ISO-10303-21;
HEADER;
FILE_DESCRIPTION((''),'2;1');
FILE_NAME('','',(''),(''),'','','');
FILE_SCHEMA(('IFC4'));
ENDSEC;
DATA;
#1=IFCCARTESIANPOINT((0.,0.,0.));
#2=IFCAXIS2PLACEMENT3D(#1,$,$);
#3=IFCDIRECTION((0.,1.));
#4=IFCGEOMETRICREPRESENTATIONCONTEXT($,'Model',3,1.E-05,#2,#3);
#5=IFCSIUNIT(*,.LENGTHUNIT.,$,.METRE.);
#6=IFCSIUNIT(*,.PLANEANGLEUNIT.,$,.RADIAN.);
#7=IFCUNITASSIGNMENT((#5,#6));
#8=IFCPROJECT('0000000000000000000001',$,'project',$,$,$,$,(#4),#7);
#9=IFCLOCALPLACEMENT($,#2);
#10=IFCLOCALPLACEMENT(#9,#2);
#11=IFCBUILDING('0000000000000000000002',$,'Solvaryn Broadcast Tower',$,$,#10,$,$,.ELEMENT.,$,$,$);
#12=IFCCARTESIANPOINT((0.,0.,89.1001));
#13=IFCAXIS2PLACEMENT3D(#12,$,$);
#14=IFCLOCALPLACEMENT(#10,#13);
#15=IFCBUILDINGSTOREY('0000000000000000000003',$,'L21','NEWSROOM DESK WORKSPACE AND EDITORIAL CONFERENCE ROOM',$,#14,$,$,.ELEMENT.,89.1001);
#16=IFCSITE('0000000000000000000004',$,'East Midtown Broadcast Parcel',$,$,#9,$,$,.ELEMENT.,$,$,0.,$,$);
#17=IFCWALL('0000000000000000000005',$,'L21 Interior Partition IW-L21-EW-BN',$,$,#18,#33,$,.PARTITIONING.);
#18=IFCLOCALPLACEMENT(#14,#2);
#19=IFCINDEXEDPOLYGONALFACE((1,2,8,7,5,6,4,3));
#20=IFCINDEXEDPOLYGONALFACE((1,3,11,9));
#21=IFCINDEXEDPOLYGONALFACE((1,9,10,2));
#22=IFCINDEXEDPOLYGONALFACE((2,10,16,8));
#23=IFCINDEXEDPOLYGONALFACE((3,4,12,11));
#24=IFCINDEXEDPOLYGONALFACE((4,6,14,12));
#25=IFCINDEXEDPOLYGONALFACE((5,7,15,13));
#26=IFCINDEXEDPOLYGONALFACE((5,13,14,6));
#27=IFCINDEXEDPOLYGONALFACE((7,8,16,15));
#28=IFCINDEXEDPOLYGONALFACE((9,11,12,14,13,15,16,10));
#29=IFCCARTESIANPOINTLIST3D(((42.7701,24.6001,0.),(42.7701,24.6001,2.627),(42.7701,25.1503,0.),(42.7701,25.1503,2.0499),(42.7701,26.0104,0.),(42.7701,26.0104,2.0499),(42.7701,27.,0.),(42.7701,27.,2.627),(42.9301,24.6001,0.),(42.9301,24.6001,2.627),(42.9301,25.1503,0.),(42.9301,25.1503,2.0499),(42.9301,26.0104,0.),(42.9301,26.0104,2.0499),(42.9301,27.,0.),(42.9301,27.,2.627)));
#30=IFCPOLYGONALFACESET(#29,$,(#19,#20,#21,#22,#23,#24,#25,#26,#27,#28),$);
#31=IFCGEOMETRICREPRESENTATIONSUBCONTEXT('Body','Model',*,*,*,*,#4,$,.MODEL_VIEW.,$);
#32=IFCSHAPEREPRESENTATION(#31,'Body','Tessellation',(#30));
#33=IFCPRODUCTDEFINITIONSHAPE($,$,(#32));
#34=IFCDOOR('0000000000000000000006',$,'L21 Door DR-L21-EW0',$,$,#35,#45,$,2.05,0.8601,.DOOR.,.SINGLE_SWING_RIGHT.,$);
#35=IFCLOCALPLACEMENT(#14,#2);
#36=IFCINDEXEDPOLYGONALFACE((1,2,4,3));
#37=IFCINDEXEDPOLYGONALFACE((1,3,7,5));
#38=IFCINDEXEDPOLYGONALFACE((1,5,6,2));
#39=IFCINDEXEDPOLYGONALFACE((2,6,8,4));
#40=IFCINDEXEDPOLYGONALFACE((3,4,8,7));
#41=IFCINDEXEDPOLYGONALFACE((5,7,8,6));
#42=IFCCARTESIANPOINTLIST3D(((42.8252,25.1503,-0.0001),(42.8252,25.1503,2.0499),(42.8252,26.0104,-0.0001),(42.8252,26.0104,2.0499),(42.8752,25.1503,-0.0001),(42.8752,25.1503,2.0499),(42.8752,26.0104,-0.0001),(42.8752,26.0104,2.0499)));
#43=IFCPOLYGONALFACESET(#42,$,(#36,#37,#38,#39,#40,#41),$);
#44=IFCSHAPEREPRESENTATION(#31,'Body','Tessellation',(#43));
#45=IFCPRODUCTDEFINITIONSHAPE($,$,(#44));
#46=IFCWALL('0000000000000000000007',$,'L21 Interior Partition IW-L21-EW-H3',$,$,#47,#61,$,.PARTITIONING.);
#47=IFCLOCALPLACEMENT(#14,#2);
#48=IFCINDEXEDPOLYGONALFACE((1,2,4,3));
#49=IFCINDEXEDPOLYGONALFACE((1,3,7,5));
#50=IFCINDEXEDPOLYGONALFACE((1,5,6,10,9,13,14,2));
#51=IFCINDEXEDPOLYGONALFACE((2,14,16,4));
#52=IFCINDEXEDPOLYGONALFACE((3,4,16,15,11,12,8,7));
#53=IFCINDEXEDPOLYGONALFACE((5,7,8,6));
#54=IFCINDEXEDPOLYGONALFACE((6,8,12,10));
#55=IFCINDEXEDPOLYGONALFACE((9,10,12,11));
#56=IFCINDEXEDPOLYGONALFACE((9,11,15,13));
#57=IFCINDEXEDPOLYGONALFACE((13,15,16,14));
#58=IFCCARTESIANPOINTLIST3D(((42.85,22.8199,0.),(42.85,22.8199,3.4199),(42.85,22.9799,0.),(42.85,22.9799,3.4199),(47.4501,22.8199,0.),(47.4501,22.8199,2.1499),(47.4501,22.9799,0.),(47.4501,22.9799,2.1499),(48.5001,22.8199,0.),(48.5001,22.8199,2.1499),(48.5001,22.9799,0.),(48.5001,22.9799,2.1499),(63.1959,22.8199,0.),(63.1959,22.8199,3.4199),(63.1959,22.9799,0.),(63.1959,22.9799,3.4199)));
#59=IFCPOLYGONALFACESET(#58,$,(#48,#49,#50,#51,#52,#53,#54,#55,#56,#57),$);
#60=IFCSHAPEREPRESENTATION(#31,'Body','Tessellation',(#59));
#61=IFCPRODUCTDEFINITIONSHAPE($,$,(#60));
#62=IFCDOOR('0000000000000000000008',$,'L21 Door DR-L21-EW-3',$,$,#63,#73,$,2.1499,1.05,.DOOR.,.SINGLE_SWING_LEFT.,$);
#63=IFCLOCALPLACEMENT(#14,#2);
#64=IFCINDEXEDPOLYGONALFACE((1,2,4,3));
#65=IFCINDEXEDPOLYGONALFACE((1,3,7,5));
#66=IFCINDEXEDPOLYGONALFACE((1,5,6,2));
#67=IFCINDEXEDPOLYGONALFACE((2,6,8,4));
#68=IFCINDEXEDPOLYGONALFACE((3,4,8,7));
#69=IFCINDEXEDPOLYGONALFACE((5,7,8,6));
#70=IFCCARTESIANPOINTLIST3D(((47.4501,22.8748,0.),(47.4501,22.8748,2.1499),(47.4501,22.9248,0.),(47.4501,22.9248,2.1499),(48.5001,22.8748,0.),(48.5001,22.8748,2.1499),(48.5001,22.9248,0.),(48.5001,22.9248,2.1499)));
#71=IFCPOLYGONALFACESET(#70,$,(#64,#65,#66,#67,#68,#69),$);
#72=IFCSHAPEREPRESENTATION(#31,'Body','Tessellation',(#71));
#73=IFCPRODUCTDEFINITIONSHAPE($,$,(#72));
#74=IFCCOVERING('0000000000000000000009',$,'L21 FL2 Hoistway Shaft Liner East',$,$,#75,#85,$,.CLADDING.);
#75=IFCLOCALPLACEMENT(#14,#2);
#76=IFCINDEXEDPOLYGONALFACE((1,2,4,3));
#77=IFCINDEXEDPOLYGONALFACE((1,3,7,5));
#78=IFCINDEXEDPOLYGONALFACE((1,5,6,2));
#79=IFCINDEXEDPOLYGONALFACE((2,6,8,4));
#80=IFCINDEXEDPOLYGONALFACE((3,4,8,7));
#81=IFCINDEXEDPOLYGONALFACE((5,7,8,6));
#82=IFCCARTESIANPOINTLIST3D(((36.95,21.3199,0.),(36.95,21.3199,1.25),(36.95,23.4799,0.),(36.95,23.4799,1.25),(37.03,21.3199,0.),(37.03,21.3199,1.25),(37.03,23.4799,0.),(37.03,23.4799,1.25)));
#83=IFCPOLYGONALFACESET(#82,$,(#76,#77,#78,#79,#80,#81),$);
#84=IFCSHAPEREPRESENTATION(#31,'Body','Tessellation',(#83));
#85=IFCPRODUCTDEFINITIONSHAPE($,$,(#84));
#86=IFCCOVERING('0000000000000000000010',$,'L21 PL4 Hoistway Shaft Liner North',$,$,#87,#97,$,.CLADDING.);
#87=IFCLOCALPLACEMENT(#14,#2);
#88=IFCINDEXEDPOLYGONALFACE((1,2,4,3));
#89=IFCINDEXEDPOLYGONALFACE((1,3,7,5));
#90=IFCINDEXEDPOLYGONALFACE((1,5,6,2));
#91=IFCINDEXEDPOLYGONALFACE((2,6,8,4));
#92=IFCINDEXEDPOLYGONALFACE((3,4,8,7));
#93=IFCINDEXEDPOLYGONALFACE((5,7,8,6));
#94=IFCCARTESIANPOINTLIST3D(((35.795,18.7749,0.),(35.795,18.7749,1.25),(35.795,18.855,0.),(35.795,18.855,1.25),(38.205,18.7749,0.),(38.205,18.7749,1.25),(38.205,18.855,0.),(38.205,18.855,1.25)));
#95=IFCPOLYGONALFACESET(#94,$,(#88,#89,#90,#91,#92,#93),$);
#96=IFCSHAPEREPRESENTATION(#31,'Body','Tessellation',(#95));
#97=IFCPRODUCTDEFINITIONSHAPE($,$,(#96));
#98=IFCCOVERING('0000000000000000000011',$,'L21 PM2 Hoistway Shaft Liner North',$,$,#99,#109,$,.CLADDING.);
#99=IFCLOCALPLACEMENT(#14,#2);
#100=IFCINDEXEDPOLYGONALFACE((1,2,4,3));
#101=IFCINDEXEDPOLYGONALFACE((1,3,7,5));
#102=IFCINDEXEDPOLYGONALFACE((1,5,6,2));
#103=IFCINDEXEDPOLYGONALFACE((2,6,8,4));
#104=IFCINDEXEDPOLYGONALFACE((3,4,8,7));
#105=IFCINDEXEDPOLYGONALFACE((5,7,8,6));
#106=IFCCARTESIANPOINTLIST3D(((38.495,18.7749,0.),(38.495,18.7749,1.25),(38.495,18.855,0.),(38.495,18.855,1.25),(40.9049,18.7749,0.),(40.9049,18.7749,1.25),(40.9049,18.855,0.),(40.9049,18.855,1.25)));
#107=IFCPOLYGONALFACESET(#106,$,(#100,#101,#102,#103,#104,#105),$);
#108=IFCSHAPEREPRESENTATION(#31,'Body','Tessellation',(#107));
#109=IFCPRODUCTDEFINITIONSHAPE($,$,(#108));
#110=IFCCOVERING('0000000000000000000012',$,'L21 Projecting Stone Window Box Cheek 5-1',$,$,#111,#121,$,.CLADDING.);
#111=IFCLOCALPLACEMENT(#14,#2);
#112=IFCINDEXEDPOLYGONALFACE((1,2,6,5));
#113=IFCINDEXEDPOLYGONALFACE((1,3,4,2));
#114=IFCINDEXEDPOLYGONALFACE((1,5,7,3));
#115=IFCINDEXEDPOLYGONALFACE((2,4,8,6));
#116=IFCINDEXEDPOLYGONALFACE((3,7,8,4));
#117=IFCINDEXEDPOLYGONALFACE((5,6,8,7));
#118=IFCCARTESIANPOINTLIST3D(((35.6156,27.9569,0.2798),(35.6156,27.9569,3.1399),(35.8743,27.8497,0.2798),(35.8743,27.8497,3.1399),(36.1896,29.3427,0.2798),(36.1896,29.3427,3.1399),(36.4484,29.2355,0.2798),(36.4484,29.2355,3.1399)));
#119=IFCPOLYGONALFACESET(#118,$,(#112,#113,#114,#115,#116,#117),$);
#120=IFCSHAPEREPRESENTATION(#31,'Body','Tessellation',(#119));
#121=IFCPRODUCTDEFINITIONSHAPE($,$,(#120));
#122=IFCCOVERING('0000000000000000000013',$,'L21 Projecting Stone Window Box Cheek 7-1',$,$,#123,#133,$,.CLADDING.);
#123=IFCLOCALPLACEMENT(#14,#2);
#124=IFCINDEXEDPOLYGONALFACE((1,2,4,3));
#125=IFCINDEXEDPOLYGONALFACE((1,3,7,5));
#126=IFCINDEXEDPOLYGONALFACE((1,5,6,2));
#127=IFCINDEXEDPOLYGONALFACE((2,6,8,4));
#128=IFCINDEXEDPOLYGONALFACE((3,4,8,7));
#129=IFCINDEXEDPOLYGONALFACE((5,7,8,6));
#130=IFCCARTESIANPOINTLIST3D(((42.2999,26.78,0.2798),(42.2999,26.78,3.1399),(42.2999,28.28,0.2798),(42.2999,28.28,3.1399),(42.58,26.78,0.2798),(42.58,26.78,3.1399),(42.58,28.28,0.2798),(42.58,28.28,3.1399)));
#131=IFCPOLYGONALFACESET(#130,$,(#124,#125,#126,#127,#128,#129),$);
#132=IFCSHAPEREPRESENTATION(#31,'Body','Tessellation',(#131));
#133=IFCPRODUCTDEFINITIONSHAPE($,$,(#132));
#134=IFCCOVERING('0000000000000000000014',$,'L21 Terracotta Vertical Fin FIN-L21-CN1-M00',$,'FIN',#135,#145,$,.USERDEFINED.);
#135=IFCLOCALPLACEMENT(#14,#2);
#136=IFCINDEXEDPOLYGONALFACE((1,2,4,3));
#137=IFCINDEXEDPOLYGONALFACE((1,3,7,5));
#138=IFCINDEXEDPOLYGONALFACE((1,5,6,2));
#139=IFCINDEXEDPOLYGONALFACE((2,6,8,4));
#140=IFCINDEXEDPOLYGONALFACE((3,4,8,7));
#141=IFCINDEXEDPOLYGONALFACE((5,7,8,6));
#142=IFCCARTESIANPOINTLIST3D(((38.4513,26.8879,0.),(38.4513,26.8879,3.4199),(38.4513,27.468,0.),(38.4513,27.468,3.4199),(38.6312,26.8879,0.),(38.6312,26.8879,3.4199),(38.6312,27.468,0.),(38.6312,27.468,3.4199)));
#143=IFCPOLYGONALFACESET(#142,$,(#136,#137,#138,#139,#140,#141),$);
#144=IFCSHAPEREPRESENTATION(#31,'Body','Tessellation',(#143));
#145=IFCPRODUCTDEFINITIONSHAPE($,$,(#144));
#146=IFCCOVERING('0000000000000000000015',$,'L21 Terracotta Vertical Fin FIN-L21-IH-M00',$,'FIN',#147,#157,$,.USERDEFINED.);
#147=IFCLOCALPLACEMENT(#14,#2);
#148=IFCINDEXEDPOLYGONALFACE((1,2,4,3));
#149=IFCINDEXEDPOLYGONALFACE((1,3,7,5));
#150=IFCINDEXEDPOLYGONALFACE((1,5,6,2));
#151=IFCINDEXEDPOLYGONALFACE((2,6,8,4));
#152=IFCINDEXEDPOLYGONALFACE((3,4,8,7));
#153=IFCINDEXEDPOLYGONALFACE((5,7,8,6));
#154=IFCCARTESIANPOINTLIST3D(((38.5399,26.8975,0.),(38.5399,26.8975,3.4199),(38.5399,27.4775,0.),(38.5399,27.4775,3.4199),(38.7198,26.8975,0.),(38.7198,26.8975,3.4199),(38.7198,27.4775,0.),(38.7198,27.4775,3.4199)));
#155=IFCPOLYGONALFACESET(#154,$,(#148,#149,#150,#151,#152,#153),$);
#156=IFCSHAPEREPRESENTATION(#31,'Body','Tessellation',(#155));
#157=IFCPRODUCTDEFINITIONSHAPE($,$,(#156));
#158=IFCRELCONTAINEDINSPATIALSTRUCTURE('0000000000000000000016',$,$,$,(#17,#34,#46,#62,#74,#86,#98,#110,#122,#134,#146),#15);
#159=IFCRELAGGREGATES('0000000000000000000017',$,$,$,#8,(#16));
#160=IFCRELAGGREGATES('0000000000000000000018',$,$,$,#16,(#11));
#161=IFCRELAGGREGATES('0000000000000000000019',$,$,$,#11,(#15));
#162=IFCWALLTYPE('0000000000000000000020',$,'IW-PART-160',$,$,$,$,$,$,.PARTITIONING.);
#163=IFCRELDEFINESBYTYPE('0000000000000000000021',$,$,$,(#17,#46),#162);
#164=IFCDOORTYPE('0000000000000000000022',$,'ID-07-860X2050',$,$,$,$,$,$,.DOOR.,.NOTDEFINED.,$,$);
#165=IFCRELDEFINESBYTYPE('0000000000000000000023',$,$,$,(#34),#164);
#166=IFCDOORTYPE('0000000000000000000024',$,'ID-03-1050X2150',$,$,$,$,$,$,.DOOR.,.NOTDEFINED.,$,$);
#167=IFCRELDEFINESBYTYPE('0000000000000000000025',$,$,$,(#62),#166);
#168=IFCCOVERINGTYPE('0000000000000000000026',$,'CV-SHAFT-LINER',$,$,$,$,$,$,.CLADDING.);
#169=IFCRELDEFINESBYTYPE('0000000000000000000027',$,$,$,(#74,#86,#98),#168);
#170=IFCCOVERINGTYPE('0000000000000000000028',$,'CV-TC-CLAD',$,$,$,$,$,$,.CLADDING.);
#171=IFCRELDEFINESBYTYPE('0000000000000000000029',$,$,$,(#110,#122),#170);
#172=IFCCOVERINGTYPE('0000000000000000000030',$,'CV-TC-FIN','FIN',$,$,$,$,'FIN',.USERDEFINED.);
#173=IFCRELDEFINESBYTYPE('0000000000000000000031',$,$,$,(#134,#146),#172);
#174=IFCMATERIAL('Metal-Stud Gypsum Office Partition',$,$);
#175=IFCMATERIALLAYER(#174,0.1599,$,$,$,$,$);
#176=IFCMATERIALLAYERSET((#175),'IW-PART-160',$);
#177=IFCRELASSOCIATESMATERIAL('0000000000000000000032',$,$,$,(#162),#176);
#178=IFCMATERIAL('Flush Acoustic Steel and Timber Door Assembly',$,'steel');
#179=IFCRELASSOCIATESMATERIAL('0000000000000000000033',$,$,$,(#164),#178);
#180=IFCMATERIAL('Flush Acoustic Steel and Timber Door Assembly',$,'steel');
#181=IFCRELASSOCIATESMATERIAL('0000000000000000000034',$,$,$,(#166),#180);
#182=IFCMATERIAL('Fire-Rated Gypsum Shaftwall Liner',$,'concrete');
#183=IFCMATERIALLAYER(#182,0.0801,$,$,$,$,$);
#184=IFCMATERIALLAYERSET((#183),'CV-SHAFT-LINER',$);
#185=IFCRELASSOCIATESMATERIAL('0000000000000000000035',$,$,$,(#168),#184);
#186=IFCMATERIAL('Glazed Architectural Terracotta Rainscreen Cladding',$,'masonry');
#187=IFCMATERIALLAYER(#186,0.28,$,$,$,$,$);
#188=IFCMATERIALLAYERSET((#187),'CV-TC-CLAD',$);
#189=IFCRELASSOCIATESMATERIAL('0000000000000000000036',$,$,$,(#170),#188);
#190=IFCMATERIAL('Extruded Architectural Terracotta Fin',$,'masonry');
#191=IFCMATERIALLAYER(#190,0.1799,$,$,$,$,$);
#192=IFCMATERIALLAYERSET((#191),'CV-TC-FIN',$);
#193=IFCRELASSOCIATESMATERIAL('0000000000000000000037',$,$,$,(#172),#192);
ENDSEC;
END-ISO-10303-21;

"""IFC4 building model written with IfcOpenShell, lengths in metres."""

from ifc_helpers import new_model, si_unit, direction, frame, frame_2d, origin, origin_2d, place, context, subcontext, project, spatial, rectangle, extrude, material, layer, layer_set, type_object, element, fill, save


model = new_model("IFC4")

# Units and contexts
model_context = context("Model", 3, precision=1e-05, world=origin(), true_north=direction((0.0, 1.0)))
body_context = subcontext(model_context, "Body", "Model", "MODEL_VIEW")
ifc_project = project(units=[si_unit("LENGTHUNIT", "METRE"), si_unit("PLANEANGLEUNIT", "RADIAN")], contexts=[model_context])

# Site, building, storey
site_placement = place(None, origin())
site = spatial("IfcSite", under=ifc_project, at=site_placement, Name="East Midtown Broadcast Parcel", CompositionType="ELEMENT", RefElevation=0.0)
building_placement = place(site_placement, origin())
building = spatial("IfcBuilding", under=site, at=building_placement, Name="Solvaryn Broadcast Tower", CompositionType="ELEMENT")
storey_placement = place(building_placement, frame((0.0, 0.0, 89.1001)))
storey = spatial("IfcBuildingStorey", under=building, at=storey_placement, Name="L21", Description="NEWSROOM DESK WORKSPACE AND EDITORIAL CONFERENCE ROOM", CompositionType="ELEMENT", Elevation=89.1001)

# Walls, openings, doors
ifc_material_1 = material(Name="Metal-Stud Gypsum Office Partition")
ifc_layer_1 = layer(ifc_material_1, 0.1599)
ifc_layer_set_1 = layer_set([ifc_layer_1], Name="IW-PART-160")
wall_type_1 = type_object("IfcWallType", Name="IW-PART-160", PredefinedType="PARTITIONING", material=ifc_layer_set_1)
wall_1_placement = place(storey_placement, frame((42.8501, 24.6001, 0.0), z_axis=(0.0, 0.0, 1.0), x_axis=(0.0, 1.0, 0.0)))
wall_1 = element("IfcWall", 1, at=wall_1_placement, inside=storey, type_object=wall_type_1, Name="L21 Interior Partition IW-L21-EW-BN", PredefinedType="PARTITIONING", context=body_context, shape_type="SweptSolid", body=[
    extrude(rectangle(XDim=2.3999, YDim=0.1599, at=frame_2d((1.2, 0.0))), origin(), (0.0, 0.0, 1.0), 2.627),
])
opening_1_placement = place(wall_1_placement, frame((0.55, 0.0, 0.0)))
opening_1 = element("IfcOpeningElement", 2, at=opening_1_placement, cuts=wall_1, PredefinedType="OPENING", context=body_context, shape_type="SweptSolid", body=[
    extrude(rectangle(XDim=0.8601, YDim=2.05, at=frame_2d((0.4302, 1.0249))), frame((0.0, 0.0901, 0.0), z_axis=(0.0, -1.0, 0.0), x_axis=(1.0, 0.0, 0.0)), (0.0, 0.0, 1.0), 0.1799),
])
ifc_material_2 = material(Name="Flush Acoustic Steel and Timber Door Assembly", Category="steel")
door_type_1 = type_object("IfcDoorType", Name="ID-07-860X2050", OperationType="NOTDEFINED", PredefinedType="DOOR", material=ifc_material_2)
door_1_placement = place(opening_1_placement, origin())
door_1 = element("IfcDoor", 3, at=door_1_placement, inside=storey, type_object=door_type_1, Name="L21 Door DR-L21-EW0", OperationType="SINGLE_SWING_RIGHT", OverallHeight=2.05, OverallWidth=0.8601, PredefinedType="DOOR", context=body_context, shape_type="SweptSolid", body=[
    extrude(rectangle(XDim=0.8601, YDim=2.05, at=frame_2d((0.4302, 1.0249))), frame((0.0, 0.0249, 0.0), z_axis=(0.0, -1.0, 0.0), x_axis=(1.0, 0.0, 0.0)), (0.0, 0.0, 1.0), 0.05),
])
fill(opening_1, door_1)
wall_2_placement = place(storey_placement, frame((42.8501, 22.8999, 0.0), z_axis=(0.0, 0.0, 1.0), x_axis=(1.0, 0.0, 0.0)))
wall_2 = element("IfcWall", 4, at=wall_2_placement, inside=storey, type_object=wall_type_1, Name="L21 Interior Partition IW-L21-EW-H3", PredefinedType="PARTITIONING", context=body_context, shape_type="SweptSolid", body=[
    extrude(rectangle(XDim=20.3459, YDim=0.1599, at=frame_2d((10.1729, 0.0))), origin(), (0.0, 0.0, 1.0), 3.4199),
])
opening_2_placement = place(wall_2_placement, frame((4.6001, 0.0, 0.0)))
opening_2 = element("IfcOpeningElement", 5, at=opening_2_placement, cuts=wall_2, PredefinedType="OPENING", context=body_context, shape_type="SweptSolid", body=[
    extrude(rectangle(XDim=1.05, YDim=2.1499, at=frame_2d((0.5249, 1.075))), frame((0.0, 0.0901, 0.0), z_axis=(0.0, -1.0, 0.0), x_axis=(1.0, 0.0, 0.0)), (0.0, 0.0, 1.0), 0.1799),
])
ifc_material_3 = material(Name="Flush Acoustic Steel and Timber Door Assembly", Category="steel")
door_type_2 = type_object("IfcDoorType", Name="ID-03-1050X2150", OperationType="NOTDEFINED", PredefinedType="DOOR", material=ifc_material_3)
door_2_placement = place(opening_2_placement, origin())
door_2 = element("IfcDoor", 6, at=door_2_placement, inside=storey, type_object=door_type_2, Name="L21 Door DR-L21-EW-3", OperationType="SINGLE_SWING_LEFT", OverallHeight=2.1499, OverallWidth=1.05, PredefinedType="DOOR", context=body_context, shape_type="SweptSolid", body=[
    extrude(rectangle(XDim=1.05, YDim=2.1499, at=frame_2d((0.5249, 1.075))), frame((0.0, 0.0249, 0.0), z_axis=(0.0, -1.0, 0.0), x_axis=(1.0, 0.0, 0.0)), (0.0, 0.0, 1.0), 0.05),
])
fill(opening_2, door_2)

# Coverings
ifc_material_4 = material(Name="Fire-Rated Gypsum Shaftwall Liner", Category="concrete")
ifc_layer_2 = layer(ifc_material_4, 0.0801)
ifc_layer_set_2 = layer_set([ifc_layer_2], Name="CV-SHAFT-LINER")
covering_type_1 = type_object("IfcCoveringType", Name="CV-SHAFT-LINER", PredefinedType="CLADDING", material=ifc_layer_set_2)
covering_placement = place(storey_placement, frame((36.99, 22.3999, 0.0), z_axis=(0.0, 0.0, 1.0), x_axis=(1.0, 0.0, 0.0)))
element("IfcCovering", 7, at=covering_placement, inside=storey, type_object=covering_type_1, Name="L21 FL2 Hoistway Shaft Liner East", PredefinedType="CLADDING", context=body_context, shape_type="SweptSolid", body=[
    extrude(rectangle(XDim=0.0801, YDim=2.1599, at=origin_2d()), origin(), (0.0, 0.0, 1.0), 1.25),
])
for number, where, z_axis, x_axis, name in (
    (8, (37.0, 18.8149, 0.0), (0.0, 0.0, 1.0), (1.0, 0.0, 0.0), "L21 PL4 Hoistway Shaft Liner North"),
    (9, (39.7, 18.8149, 0.0), (0.0, 0.0, 1.0), (1.0, 0.0, 0.0), "L21 PM2 Hoistway Shaft Liner North"),
):
    element("IfcCovering", number, at=place(storey_placement, frame(where, z_axis=z_axis, x_axis=x_axis)), inside=storey, type_object=covering_type_1, Name=name, PredefinedType="CLADDING", context=body_context, shape_type="SweptSolid", body=[
        extrude(rectangle(XDim=2.4099, YDim=0.0801, at=origin_2d()), origin(), (0.0, 0.0, 1.0), 1.25),
    ])
ifc_material_5 = material(Name="Glazed Architectural Terracotta Rainscreen Cladding", Category="masonry")
ifc_layer_3 = layer(ifc_material_5, 0.28)
ifc_layer_set_3 = layer_set([ifc_layer_3], Name="CV-TC-CLAD")
covering_type_2 = type_object("IfcCoveringType", Name="CV-TC-CLAD", PredefinedType="CLADDING", material=ifc_layer_set_3)
for number, where, z_axis, x_axis, name in (
    (10, (36.032, 28.5962, 0.2798), (0.0, 0.0, 1.0), (-0.92388, 0.382683, 0.0), "L21 Projecting Stone Window Box Cheek 5-1"),
    (11, (42.4399, 27.53, 0.2798), (0.0, 0.0, 1.0), (1.0, 0.0, 0.0), "L21 Projecting Stone Window Box Cheek 7-1"),
):
    element("IfcCovering", number, at=place(storey_placement, frame(where, z_axis=z_axis, x_axis=x_axis)), inside=storey, type_object=covering_type_2, Name=name, PredefinedType="CLADDING", context=body_context, shape_type="SweptSolid", body=[
        extrude(rectangle(XDim=0.28, YDim=1.5, at=origin_2d()), origin(), (0.0, 0.0, 1.0), 2.8601),
    ])
ifc_material_6 = material(Name="Extruded Architectural Terracotta Fin", Category="masonry")
ifc_layer_4 = layer(ifc_material_6, 0.1799)
ifc_layer_set_4 = layer_set([ifc_layer_4], Name="CV-TC-FIN")
covering_type_3 = type_object("IfcCoveringType", Name="CV-TC-FIN", Description="FIN", ElementType="FIN", PredefinedType="USERDEFINED", material=ifc_layer_set_4)
for number, where, z_axis, x_axis, name in (
    (12, (38.5413, 27.178, 0.0), (0.0, 0.0, 1.0), (1.0, 0.0, 0.0), "L21 Terracotta Vertical Fin FIN-L21-CN1-M00"),
    (13, (38.6299, 27.1875, 0.0), (0.0, 0.0, 1.0), (1.0, 0.0, 0.0), "L21 Terracotta Vertical Fin FIN-L21-IH-M00"),
):
    element("IfcCovering", number, at=place(storey_placement, frame(where, z_axis=z_axis, x_axis=x_axis)), inside=storey, type_object=covering_type_3, Name=name, ObjectType="FIN", PredefinedType="USERDEFINED", context=body_context, shape_type="SweptSolid", body=[
        extrude(rectangle(XDim=0.1799, YDim=0.5801, at=origin_2d()), origin(), (0.0, 0.0, 1.0), 3.4199),
    ])

save(model, "model.ifc")
